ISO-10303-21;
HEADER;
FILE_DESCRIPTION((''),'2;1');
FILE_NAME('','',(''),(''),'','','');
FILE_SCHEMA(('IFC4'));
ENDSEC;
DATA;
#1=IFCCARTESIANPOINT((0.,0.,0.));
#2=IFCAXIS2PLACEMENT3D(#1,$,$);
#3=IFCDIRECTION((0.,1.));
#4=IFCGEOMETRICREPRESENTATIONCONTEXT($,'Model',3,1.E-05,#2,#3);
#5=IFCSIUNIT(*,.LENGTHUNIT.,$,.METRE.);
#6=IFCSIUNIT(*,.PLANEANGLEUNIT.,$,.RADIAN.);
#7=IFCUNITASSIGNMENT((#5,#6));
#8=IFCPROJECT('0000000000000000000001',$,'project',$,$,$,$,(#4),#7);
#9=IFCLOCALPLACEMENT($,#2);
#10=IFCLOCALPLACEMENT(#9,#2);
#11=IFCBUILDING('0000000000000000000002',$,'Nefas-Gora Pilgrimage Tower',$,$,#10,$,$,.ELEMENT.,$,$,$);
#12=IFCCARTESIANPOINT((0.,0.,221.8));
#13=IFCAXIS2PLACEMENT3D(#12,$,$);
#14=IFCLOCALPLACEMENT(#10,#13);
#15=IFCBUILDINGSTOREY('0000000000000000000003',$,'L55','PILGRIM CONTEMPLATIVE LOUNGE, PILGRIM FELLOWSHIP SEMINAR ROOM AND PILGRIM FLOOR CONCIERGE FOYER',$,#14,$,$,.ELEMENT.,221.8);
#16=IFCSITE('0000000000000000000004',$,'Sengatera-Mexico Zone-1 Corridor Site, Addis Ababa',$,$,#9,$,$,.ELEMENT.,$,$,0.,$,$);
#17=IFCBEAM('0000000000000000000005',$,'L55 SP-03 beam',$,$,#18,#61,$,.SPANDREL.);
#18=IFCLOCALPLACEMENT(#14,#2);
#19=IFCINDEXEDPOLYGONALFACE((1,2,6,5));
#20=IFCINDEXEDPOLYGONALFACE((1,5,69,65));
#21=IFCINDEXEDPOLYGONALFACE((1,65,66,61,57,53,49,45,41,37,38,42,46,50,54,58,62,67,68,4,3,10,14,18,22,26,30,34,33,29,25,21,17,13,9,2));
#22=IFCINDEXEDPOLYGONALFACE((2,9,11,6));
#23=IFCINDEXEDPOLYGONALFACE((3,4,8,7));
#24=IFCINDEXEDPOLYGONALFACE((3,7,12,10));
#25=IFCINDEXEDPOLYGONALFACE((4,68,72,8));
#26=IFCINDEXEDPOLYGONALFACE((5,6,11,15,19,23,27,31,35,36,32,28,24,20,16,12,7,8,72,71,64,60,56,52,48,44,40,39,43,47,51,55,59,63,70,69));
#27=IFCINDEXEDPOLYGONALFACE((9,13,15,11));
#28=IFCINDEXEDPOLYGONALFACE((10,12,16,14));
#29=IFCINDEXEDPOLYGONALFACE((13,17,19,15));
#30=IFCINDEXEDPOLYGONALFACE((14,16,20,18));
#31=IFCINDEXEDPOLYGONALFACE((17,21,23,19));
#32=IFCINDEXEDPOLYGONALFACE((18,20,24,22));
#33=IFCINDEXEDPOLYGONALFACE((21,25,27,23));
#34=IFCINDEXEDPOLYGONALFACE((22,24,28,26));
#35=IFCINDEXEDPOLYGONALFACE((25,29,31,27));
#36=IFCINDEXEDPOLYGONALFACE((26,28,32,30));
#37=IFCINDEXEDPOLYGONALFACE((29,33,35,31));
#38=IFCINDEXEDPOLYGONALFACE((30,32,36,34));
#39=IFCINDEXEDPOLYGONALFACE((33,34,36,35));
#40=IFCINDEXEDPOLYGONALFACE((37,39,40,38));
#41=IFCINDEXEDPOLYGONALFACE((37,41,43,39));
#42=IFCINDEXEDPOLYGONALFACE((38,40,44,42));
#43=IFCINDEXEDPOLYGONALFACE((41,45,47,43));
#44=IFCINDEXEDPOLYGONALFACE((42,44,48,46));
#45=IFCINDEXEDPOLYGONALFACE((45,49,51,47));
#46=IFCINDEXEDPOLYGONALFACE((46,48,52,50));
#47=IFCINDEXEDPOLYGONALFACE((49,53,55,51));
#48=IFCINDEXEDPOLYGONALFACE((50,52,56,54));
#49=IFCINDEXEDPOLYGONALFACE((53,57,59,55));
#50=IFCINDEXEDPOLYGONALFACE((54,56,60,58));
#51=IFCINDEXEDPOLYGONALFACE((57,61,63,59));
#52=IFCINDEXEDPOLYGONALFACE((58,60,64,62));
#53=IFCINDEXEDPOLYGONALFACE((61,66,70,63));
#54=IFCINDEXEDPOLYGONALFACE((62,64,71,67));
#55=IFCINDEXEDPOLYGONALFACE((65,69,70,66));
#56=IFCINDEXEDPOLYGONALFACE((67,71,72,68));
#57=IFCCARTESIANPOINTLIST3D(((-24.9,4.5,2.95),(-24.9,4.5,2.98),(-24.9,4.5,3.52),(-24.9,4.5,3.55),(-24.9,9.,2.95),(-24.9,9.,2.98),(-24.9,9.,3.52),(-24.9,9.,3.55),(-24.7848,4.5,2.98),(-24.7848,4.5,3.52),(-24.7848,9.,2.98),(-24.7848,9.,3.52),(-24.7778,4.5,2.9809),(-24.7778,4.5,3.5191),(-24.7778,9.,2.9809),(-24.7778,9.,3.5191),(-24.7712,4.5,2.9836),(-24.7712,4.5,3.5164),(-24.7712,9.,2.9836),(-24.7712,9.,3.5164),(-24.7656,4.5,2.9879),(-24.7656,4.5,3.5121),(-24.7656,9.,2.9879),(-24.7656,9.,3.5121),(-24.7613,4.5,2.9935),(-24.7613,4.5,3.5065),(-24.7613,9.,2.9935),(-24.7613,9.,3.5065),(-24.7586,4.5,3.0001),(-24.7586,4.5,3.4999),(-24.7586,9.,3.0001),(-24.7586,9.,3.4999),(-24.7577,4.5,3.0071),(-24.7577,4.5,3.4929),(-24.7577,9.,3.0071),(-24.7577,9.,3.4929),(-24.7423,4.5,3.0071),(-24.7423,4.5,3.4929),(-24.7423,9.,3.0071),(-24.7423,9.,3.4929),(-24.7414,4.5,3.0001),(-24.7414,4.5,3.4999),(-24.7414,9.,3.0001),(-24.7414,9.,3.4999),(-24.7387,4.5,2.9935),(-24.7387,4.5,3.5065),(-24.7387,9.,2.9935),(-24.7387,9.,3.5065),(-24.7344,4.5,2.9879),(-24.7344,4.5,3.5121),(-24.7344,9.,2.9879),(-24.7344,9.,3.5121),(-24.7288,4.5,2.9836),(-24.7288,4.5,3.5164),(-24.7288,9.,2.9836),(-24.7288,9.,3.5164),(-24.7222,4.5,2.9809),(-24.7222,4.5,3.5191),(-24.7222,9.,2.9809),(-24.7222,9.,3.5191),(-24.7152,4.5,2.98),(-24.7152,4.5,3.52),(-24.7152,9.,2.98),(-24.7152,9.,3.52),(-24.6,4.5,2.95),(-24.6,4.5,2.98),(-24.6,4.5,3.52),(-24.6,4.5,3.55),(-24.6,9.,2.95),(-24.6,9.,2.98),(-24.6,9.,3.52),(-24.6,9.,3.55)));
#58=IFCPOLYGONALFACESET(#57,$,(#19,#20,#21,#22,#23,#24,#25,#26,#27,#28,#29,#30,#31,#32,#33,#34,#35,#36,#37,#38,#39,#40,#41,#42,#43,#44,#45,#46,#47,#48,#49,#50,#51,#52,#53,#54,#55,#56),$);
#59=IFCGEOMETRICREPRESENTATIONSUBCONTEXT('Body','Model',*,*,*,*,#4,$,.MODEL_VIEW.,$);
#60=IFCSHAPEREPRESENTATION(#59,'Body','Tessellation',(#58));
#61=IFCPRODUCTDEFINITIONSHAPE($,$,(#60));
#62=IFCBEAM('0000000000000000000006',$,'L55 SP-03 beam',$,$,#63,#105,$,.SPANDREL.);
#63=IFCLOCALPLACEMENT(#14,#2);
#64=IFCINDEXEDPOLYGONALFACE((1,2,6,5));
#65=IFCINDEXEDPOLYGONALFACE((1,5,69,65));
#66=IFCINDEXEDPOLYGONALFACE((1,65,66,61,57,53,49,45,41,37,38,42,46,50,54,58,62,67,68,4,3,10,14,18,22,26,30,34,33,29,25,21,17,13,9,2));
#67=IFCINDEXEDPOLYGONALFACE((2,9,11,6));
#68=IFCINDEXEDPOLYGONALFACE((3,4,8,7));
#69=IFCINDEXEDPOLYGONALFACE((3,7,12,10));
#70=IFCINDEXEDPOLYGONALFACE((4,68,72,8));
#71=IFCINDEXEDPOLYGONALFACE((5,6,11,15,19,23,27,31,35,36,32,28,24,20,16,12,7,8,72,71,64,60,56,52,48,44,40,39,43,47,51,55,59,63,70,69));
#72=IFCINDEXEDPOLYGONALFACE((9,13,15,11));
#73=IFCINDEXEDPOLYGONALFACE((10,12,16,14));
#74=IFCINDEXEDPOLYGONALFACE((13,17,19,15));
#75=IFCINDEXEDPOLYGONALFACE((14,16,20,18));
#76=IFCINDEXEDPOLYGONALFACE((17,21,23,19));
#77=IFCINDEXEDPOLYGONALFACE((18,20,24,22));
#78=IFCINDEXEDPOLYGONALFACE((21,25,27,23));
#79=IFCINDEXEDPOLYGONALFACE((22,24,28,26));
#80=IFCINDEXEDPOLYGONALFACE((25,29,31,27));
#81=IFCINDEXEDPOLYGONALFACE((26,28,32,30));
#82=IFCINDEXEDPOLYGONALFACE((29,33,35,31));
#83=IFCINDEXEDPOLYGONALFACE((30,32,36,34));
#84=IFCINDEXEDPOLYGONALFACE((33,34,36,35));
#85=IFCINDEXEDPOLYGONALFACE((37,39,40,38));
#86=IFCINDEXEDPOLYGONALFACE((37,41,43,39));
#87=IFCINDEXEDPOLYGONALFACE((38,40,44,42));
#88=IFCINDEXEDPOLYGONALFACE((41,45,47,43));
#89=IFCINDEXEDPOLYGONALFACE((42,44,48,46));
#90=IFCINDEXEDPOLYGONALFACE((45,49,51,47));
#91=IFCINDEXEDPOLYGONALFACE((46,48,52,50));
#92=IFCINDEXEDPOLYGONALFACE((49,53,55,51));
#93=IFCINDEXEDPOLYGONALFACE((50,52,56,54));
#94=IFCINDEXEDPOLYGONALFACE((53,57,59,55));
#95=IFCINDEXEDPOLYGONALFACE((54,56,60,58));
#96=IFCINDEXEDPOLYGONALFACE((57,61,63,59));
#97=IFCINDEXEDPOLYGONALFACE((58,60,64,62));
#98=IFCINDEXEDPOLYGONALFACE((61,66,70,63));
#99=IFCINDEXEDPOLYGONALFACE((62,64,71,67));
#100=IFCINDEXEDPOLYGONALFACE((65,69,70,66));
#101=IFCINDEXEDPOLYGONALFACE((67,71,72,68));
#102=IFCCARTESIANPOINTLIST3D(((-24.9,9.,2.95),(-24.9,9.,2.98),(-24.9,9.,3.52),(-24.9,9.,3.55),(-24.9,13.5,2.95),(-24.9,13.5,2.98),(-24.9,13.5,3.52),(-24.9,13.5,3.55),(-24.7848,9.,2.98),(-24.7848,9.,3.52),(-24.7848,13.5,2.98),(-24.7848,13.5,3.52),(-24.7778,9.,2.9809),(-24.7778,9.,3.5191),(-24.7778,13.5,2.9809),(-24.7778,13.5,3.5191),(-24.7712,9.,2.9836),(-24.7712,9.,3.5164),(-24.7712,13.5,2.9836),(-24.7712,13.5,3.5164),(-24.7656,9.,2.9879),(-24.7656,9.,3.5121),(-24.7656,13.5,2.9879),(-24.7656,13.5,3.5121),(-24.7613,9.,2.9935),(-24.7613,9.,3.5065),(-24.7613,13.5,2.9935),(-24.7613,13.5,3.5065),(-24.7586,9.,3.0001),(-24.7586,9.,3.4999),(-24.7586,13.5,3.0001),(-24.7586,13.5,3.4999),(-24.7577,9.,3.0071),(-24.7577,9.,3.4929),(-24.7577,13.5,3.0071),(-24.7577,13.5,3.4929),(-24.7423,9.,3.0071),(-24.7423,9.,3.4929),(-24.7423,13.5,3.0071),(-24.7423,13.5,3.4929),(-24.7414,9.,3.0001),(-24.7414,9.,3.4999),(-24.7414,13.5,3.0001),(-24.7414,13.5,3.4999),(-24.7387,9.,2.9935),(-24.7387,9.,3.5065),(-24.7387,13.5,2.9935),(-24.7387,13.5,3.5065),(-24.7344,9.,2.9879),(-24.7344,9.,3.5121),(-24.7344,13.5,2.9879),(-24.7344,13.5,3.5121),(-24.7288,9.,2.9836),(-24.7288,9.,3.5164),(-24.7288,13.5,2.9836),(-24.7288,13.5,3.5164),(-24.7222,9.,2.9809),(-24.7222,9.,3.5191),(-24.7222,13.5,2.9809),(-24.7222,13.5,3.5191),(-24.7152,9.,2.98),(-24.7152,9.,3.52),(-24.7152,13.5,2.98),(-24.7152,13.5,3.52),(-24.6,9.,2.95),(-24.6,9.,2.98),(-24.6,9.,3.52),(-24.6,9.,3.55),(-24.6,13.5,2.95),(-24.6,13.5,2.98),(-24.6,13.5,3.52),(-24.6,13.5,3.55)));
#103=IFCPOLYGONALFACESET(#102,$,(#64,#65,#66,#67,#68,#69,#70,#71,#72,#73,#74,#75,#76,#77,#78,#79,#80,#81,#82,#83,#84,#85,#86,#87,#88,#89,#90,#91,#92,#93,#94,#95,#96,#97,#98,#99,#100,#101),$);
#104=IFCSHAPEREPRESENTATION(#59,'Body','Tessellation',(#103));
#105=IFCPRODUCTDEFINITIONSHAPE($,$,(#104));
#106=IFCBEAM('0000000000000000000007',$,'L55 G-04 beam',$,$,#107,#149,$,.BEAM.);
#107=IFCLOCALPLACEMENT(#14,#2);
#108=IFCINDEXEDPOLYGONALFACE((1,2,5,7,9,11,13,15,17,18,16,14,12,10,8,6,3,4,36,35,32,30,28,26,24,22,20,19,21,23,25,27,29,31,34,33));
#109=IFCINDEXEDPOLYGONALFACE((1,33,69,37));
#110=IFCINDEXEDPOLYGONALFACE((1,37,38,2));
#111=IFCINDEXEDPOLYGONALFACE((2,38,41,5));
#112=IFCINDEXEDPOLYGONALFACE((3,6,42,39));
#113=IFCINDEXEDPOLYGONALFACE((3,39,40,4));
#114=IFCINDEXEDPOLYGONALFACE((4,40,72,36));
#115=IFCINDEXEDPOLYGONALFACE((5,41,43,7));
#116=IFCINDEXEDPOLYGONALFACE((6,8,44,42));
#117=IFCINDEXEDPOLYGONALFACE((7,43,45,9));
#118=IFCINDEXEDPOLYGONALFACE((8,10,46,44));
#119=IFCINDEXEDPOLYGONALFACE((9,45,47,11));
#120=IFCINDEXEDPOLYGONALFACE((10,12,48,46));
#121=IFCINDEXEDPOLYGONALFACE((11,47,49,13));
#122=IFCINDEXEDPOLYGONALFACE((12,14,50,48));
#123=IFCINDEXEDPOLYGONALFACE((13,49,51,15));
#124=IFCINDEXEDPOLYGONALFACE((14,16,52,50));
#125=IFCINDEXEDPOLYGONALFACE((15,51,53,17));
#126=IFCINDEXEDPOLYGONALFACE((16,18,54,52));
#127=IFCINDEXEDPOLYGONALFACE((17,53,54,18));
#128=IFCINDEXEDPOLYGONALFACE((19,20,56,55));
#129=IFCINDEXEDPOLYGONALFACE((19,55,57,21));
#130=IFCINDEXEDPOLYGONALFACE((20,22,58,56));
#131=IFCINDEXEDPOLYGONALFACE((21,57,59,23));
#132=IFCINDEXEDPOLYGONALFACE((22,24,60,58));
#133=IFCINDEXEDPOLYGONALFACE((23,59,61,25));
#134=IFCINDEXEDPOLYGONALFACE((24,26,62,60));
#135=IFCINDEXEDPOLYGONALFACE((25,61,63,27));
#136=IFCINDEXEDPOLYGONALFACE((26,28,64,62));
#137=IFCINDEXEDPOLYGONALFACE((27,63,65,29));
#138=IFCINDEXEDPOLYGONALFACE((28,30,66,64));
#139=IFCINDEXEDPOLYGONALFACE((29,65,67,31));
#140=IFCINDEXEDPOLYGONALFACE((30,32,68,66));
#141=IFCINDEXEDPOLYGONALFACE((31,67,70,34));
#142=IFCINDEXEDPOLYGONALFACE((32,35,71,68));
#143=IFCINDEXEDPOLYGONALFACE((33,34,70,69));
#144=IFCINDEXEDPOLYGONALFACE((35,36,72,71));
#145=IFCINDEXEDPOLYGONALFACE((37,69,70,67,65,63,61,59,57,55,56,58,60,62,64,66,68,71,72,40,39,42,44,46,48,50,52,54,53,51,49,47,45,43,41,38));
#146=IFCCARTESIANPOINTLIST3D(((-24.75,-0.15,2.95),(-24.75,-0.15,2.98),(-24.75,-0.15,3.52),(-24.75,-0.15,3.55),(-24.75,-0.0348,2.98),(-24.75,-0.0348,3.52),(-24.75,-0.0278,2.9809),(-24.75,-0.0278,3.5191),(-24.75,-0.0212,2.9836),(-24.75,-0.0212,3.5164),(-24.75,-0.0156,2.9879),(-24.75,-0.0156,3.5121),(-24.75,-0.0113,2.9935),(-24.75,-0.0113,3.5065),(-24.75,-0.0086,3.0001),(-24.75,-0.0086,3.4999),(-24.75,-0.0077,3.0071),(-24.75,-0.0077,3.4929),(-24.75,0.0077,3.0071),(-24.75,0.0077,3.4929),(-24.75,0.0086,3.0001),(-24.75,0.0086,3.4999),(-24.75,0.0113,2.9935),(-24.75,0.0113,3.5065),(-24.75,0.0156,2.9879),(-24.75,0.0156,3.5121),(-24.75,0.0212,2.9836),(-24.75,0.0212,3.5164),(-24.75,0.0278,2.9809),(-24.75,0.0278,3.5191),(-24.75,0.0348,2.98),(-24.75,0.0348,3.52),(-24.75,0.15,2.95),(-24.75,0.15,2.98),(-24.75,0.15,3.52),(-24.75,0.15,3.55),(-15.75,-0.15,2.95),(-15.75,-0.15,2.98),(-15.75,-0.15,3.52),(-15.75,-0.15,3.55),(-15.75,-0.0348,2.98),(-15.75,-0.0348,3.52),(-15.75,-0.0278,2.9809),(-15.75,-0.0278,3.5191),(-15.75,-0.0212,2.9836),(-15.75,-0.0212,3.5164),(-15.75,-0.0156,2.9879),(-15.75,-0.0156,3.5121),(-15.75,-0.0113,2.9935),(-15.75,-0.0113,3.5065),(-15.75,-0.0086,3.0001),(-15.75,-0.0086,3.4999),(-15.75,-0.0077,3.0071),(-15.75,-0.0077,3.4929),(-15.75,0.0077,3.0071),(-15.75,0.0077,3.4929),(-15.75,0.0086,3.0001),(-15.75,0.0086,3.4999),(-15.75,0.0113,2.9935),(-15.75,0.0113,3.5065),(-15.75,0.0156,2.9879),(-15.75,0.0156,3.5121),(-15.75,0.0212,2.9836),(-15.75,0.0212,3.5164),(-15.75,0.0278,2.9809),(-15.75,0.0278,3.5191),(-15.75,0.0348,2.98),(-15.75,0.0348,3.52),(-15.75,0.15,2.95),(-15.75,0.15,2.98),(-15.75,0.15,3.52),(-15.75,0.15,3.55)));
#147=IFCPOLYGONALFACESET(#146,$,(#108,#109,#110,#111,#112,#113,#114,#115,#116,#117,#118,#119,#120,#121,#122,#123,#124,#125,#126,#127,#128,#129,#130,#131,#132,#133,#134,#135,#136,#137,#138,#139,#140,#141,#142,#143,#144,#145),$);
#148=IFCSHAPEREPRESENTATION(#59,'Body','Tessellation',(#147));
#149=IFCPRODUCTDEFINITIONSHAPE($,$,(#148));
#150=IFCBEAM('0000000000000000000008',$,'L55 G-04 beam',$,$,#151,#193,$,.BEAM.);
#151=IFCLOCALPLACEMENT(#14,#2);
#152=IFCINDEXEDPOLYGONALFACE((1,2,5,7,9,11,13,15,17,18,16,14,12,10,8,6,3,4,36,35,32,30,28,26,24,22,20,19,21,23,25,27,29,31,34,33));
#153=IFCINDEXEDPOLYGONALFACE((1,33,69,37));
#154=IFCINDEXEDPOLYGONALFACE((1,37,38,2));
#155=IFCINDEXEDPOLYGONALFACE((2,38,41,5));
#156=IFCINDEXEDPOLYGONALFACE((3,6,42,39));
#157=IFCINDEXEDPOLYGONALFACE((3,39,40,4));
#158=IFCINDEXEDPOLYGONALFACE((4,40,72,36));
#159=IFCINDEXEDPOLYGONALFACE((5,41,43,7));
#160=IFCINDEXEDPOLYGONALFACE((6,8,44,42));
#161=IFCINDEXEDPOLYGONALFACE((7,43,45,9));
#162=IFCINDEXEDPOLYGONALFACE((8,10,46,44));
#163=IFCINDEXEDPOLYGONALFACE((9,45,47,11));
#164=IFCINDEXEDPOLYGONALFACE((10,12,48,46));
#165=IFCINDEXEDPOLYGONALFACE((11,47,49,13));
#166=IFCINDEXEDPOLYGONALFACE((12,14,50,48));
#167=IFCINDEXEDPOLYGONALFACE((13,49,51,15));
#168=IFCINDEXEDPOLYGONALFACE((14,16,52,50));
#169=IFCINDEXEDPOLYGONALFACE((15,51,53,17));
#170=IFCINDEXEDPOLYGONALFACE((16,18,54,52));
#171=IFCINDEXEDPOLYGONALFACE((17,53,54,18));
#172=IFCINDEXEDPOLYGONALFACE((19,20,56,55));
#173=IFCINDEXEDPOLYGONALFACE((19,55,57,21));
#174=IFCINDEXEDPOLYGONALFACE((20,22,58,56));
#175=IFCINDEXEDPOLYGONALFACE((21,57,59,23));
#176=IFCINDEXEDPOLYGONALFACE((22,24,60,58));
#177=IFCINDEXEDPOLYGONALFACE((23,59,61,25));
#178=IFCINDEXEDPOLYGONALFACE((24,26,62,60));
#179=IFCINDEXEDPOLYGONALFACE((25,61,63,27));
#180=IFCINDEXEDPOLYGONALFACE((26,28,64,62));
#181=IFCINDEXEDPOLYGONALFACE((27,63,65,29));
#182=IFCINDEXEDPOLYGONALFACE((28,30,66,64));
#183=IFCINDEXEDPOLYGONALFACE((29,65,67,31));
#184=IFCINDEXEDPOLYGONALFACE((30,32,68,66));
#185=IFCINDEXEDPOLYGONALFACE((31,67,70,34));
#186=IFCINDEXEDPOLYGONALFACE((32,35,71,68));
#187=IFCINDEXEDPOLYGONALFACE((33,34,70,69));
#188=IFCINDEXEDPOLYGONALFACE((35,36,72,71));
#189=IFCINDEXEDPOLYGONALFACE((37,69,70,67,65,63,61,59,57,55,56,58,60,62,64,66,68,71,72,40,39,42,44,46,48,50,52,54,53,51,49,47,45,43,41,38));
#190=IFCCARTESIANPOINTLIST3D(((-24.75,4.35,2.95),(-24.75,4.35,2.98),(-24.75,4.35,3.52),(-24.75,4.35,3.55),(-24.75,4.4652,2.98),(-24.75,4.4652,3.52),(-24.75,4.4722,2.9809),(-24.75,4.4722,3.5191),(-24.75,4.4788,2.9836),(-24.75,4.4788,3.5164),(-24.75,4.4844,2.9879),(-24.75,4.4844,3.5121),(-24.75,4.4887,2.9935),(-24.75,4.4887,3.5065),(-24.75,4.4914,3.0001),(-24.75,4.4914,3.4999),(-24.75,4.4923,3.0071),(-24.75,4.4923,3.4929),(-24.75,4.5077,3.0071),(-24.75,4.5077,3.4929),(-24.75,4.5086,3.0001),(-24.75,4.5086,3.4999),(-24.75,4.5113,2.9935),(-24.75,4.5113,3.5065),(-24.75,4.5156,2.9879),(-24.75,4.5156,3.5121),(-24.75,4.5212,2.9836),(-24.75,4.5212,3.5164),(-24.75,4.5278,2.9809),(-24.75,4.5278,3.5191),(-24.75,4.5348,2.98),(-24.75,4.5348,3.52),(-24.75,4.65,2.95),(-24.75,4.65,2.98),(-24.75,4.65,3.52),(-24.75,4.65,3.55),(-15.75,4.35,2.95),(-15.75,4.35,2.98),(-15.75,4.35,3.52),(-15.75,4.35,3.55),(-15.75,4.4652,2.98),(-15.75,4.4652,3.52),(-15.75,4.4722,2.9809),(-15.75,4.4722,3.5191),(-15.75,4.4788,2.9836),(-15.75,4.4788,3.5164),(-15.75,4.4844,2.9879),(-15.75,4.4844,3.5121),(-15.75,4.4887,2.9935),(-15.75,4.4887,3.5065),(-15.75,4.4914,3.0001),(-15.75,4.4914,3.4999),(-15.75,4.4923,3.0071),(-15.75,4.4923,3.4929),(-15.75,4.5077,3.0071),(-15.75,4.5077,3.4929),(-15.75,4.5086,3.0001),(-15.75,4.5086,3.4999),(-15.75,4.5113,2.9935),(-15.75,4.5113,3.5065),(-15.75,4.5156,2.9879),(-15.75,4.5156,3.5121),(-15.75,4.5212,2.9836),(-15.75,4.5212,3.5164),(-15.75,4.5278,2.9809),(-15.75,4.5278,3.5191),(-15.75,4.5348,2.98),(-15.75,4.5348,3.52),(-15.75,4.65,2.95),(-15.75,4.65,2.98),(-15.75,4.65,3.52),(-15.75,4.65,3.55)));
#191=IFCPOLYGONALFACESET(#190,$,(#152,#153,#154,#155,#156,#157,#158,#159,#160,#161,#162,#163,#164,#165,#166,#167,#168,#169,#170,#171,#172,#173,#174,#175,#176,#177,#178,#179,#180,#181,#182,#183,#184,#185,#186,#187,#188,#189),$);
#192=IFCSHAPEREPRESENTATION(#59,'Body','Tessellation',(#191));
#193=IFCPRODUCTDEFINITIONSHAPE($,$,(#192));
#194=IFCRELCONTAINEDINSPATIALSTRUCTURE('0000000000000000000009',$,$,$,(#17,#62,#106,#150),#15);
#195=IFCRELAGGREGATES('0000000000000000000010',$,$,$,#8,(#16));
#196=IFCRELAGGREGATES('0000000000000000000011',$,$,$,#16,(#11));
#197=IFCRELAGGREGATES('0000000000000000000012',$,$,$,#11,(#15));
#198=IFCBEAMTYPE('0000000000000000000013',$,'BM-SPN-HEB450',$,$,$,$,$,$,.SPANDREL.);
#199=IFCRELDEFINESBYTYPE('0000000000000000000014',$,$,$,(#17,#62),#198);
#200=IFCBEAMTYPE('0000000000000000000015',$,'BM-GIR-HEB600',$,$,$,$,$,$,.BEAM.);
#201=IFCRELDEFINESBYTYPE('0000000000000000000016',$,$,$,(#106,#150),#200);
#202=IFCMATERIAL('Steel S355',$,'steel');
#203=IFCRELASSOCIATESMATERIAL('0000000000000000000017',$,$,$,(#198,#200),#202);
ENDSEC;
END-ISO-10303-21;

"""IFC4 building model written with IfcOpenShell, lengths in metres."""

from ifc_helpers import new_model, si_unit, direction, frame, origin, origin_2d, place, context, subcontext, project, spatial, i_section, extrude, source, transform, mapped, material, material_profile, profile_set, type_object, element, save


model = new_model("IFC4")

# Units and contexts
model_context = context("Model", 3, precision=1e-05, world=origin(), true_north=direction((0.0, 1.0)))
body_context = subcontext(model_context, "Body", "Model", "MODEL_VIEW")
ifc_project = project(units=[si_unit("LENGTHUNIT", "METRE"), si_unit("PLANEANGLEUNIT", "RADIAN")], contexts=[model_context])

# Site, building, storey
site_placement = place(None, origin())
site = spatial("IfcSite", under=ifc_project, at=site_placement, Name="Sengatera-Mexico Zone-1 Corridor Site, Addis Ababa", CompositionType="ELEMENT", RefElevation=0.0)
building_placement = place(site_placement, origin())
building = spatial("IfcBuilding", under=site, at=building_placement, Name="Nefas-Gora Pilgrimage Tower", CompositionType="ELEMENT")
storey_placement = place(building_placement, frame((0.0, 0.0, 221.8)))
storey = spatial("IfcBuildingStorey", under=building, at=storey_placement, Name="L55", Description="PILGRIM CONTEMPLATIVE LOUNGE, PILGRIM FELLOWSHIP SEMINAR ROOM AND PILGRIM FLOOR CONCIERGE FOYER", CompositionType="ELEMENT", Elevation=221.8)

# Beams
ifc_material_1 = material(Name="Steel S355", Category="steel")
ifc_material_profile_1 = material_profile(ifc_material_1, i_section(OverallWidth=0.3, OverallDepth=0.6001, WebThickness=0.0154, FlangeThickness=0.03, FilletRadius=0.0271, at=origin_2d()), Name="HEB 600")
ifc_profile_set_1 = profile_set([ifc_material_profile_1], Name="Steel S355")
beam_type_1 = type_object("IfcBeamType", Name="BM-SPN-HEB450", PredefinedType="SPANDREL", material=ifc_profile_set_1)
shared_shape_1 = source(origin(), body_context, "Body", "SweptSolid", [
    extrude(i_section(OverallWidth=0.3, OverallDepth=0.6001, WebThickness=0.0154, FlangeThickness=0.03, FilletRadius=0.0271, at=origin_2d()), origin(), (0.0, 0.0, 1.0), 4.5),
])
for number, where, z_axis, x_axis, name in (
    (1, (-24.75, 4.5, 3.25), (0.0, 1.0, 0.0), (-1.0, 0.0, 0.0), "L55 SP-03 beam"),
    (2, (-24.75, 9.0, 3.25), (0.0, 1.0, 0.0), (-1.0, 0.0, 0.0), "L55 SP-03 beam"),
):
    element("IfcBeam", number, at=place(storey_placement, frame(where, z_axis=z_axis, x_axis=x_axis)), inside=storey, type_object=beam_type_1, Name=name, PredefinedType="SPANDREL", context=body_context, shape_type="MappedRepresentation", body=[
        mapped(shared_shape_1, transform((0.0, 0.0, 0.0), x_axis=(1.0, 0.0, 0.0), y_axis=(0.0, 1.0, 0.0), z_axis=(0.0, 0.0, 1.0), scale=1.0)),
    ])
ifc_material_profile_2 = material_profile(ifc_material_1, i_section(OverallWidth=0.3, OverallDepth=0.6001, WebThickness=0.0154, FlangeThickness=0.03, FilletRadius=0.0271, at=origin_2d()), Name="HEB 600")
ifc_profile_set_2 = profile_set([ifc_material_profile_2], Name="Steel S355")
beam_type_2 = type_object("IfcBeamType", Name="BM-GIR-HEB600", PredefinedType="BEAM", material=ifc_profile_set_2)
shared_shape_2 = source(origin(), body_context, "Body", "SweptSolid", [
    extrude(i_section(OverallWidth=0.3, OverallDepth=0.6001, WebThickness=0.0154, FlangeThickness=0.03, FilletRadius=0.0271, at=origin_2d()), origin(), (0.0, 0.0, 1.0), 9.0),
])
for number, where, z_axis, x_axis, name in (
    (3, (-24.75, 0.0, 3.25), (1.0, 0.0, 0.0), (0.0, 1.0, 0.0), "L55 G-04 beam"),
    (4, (-24.75, 4.5, 3.25), (1.0, 0.0, 0.0), (0.0, 1.0, 0.0), "L55 G-04 beam"),
):
    element("IfcBeam", number, at=place(storey_placement, frame(where, z_axis=z_axis, x_axis=x_axis)), inside=storey, type_object=beam_type_2, Name=name, PredefinedType="BEAM", context=body_context, shape_type="MappedRepresentation", body=[
        mapped(shared_shape_2, transform((0.0, 0.0, 0.0), x_axis=(1.0, 0.0, 0.0), y_axis=(0.0, 1.0, 0.0), z_axis=(0.0, 0.0, 1.0), scale=1.0)),
    ])

save(model, "model.ifc")
